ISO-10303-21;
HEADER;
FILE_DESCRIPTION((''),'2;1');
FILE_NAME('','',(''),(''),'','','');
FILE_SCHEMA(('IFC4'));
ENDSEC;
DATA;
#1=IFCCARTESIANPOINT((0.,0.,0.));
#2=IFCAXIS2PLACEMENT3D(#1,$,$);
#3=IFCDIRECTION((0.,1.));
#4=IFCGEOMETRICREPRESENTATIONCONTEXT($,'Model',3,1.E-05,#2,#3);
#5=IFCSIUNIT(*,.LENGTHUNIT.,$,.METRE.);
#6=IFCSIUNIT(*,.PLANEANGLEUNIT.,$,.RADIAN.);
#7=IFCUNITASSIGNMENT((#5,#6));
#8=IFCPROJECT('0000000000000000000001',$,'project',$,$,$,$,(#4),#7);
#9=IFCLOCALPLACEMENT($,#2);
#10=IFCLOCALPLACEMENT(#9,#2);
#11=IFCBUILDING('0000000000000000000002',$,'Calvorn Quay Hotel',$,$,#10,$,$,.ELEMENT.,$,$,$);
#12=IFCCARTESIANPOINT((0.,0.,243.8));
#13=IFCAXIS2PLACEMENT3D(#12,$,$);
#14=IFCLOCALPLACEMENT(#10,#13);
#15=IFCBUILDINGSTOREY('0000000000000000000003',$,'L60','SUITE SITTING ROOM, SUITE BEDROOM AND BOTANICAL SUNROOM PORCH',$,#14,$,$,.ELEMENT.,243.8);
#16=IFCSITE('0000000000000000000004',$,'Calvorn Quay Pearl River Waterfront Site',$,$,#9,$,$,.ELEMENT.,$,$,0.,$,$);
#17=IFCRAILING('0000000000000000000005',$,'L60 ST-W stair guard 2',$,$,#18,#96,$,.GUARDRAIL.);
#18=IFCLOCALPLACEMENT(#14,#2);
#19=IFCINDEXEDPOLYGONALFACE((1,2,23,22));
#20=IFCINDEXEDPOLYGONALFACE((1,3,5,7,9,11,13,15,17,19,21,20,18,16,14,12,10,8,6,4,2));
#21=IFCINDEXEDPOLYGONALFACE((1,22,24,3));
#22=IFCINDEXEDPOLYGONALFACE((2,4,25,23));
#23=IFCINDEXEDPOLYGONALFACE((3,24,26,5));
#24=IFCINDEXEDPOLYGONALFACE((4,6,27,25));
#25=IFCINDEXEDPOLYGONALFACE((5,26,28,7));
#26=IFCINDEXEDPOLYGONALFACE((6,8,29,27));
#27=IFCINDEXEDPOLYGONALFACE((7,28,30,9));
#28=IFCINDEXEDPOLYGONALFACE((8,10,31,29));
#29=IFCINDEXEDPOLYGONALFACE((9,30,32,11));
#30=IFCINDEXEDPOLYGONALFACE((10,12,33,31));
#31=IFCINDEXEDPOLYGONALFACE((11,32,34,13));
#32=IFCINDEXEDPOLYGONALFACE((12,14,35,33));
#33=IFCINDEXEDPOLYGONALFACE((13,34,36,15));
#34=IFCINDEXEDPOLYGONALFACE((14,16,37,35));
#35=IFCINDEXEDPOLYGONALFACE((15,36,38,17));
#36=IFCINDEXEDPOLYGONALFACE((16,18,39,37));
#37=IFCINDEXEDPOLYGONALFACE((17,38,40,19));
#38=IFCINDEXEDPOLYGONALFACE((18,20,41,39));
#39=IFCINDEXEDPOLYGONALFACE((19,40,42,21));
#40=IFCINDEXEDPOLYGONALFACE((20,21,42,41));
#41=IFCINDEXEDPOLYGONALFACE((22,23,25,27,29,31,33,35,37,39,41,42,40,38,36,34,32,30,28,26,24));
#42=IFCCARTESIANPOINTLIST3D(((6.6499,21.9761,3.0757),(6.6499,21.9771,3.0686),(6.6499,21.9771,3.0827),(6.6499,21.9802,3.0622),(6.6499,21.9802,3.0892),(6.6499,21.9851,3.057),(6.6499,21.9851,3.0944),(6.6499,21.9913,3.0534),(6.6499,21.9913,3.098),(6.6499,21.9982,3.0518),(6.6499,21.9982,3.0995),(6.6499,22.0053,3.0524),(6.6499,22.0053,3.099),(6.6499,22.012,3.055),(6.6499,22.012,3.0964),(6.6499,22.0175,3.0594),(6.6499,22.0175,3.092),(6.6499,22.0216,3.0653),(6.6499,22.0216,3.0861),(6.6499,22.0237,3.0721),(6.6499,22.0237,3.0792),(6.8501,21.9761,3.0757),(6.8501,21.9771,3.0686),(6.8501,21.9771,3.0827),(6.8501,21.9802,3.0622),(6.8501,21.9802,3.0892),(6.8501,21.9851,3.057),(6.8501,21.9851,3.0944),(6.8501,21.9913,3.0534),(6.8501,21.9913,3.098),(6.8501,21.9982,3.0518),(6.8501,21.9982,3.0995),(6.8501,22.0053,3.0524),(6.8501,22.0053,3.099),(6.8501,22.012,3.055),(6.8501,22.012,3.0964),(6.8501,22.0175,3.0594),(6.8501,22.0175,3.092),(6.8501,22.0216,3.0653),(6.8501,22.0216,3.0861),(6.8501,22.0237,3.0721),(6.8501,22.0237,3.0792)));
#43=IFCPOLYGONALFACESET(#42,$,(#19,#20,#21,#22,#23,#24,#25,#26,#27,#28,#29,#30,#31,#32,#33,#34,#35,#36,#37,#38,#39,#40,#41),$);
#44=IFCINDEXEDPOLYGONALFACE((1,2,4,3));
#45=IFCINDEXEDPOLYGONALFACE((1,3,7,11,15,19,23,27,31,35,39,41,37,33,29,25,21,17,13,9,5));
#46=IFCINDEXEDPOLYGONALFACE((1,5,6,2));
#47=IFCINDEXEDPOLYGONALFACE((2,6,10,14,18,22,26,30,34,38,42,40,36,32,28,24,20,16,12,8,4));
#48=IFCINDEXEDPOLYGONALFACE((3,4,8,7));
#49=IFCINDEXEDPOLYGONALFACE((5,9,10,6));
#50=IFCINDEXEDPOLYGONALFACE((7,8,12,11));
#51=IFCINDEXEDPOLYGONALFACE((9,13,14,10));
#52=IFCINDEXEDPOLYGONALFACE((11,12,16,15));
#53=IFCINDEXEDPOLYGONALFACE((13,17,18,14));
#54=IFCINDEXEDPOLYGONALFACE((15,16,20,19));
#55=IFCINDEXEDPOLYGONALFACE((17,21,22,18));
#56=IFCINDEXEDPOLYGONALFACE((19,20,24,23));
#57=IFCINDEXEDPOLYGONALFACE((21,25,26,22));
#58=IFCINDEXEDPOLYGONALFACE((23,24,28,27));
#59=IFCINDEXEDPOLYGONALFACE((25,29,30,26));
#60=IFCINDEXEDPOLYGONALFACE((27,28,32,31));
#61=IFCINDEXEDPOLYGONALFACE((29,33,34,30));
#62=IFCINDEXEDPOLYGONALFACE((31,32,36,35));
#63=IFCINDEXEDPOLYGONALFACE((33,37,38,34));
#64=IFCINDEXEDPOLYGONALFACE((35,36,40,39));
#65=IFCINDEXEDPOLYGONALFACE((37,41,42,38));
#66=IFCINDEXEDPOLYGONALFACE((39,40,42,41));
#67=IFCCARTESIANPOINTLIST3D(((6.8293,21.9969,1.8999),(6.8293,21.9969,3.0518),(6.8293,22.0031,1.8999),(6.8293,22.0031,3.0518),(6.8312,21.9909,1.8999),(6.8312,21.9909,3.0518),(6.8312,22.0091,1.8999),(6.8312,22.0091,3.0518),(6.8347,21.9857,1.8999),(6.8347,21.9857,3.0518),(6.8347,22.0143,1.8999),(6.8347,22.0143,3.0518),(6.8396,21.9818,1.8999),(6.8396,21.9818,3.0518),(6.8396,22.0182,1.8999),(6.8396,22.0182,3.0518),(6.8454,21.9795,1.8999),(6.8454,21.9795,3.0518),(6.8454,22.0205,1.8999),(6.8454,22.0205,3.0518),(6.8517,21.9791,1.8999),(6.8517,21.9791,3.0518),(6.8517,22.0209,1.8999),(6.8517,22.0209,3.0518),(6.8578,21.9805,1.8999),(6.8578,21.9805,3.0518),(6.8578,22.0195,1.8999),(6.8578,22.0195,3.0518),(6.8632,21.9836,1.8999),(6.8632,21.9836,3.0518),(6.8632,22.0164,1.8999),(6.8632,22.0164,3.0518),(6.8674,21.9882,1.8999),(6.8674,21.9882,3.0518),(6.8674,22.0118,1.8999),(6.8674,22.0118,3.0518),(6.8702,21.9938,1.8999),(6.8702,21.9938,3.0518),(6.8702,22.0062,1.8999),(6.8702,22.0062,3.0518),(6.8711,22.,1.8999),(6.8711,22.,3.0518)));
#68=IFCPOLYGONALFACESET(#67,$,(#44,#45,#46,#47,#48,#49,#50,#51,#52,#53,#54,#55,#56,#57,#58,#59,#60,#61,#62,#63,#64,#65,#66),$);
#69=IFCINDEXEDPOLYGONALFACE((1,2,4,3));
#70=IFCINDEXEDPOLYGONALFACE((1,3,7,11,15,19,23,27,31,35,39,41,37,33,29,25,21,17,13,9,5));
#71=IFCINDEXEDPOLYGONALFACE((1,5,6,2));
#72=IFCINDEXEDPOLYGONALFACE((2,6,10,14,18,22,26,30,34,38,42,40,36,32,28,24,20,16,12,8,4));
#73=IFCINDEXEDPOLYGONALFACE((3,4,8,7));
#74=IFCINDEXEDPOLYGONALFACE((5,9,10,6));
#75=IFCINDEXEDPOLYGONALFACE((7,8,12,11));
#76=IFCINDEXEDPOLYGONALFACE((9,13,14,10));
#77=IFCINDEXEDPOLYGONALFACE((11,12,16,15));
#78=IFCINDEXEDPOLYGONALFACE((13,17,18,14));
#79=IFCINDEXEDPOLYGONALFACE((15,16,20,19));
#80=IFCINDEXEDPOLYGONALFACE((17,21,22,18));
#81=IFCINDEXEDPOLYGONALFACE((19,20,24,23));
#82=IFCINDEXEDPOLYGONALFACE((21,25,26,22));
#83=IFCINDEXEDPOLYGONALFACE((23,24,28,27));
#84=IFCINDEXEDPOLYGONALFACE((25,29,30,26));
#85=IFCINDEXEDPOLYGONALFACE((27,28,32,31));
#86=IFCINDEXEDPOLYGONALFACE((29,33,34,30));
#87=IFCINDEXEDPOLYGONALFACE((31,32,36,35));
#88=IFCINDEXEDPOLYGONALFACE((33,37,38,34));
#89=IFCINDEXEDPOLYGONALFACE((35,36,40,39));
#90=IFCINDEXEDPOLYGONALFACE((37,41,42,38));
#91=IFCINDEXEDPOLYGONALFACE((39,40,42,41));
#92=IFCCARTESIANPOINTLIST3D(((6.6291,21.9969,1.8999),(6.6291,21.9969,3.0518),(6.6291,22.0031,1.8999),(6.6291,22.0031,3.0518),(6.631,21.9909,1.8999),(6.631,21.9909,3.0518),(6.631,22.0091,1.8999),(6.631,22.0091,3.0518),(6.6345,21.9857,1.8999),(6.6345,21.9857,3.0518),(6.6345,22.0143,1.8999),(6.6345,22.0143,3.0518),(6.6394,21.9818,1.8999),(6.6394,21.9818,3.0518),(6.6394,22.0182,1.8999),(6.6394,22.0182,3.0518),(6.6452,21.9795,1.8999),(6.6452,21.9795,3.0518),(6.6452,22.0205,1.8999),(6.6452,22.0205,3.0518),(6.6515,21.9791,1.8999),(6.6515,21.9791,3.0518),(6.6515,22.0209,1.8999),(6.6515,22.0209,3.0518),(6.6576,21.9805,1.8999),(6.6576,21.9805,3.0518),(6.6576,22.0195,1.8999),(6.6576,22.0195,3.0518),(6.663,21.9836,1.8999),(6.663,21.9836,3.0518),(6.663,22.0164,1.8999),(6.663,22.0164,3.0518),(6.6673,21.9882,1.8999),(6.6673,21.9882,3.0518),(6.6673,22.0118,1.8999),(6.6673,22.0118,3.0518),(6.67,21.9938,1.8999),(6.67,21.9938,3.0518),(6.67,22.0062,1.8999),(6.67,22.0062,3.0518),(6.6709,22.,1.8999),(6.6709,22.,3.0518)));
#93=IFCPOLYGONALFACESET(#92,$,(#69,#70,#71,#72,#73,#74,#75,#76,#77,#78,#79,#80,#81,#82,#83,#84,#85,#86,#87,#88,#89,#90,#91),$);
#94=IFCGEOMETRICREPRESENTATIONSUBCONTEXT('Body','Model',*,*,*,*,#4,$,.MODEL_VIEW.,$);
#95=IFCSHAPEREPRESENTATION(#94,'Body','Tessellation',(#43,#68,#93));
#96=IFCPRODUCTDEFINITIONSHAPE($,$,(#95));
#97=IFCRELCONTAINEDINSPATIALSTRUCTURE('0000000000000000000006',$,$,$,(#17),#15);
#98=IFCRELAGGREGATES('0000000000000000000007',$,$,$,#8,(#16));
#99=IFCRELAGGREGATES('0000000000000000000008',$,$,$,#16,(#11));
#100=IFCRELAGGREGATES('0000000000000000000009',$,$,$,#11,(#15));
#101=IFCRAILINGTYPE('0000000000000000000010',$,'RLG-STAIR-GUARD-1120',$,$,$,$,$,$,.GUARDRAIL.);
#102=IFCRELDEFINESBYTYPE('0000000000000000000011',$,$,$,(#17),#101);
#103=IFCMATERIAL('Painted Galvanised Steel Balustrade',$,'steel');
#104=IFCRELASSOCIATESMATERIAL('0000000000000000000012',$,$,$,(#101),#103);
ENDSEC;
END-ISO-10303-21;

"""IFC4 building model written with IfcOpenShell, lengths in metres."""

from ifc_helpers import new_model, si_unit, direction, frame, origin, origin_2d, place, context, subcontext, project, spatial, circle, extrude, material, type_object, element, save


model = new_model("IFC4")

# Units and contexts
model_context = context("Model", 3, precision=1e-05, world=origin(), true_north=direction((0.0, 1.0)))
body_context = subcontext(model_context, "Body", "Model", "MODEL_VIEW")
ifc_project = project(units=[si_unit("LENGTHUNIT", "METRE"), si_unit("PLANEANGLEUNIT", "RADIAN")], contexts=[model_context])

# Site, building, storey
site_placement = place(None, origin())
site = spatial("IfcSite", under=ifc_project, at=site_placement, Name="Calvorn Quay Pearl River Waterfront Site", CompositionType="ELEMENT", RefElevation=0.0)
building_placement = place(site_placement, origin())
building = spatial("IfcBuilding", under=site, at=building_placement, Name="Calvorn Quay Hotel", CompositionType="ELEMENT")
storey_placement = place(building_placement, frame((0.0, 0.0, 243.8)))
storey = spatial("IfcBuildingStorey", under=building, at=storey_placement, Name="L60", Description="SUITE SITTING ROOM, SUITE BEDROOM AND BOTANICAL SUNROOM PORCH", CompositionType="ELEMENT", Elevation=243.8)

# Railing
ifc_material_1 = material(Name="Painted Galvanised Steel Balustrade", Category="steel")
railing_type_1 = type_object("IfcRailingType", Name="RLG-STAIR-GUARD-1120", PredefinedType="GUARDRAIL", material=ifc_material_1)
railing_1_placement = place(storey_placement, frame((6.8501, 22.0, 1.8999)))
element("IfcRailing", 1, at=railing_1_placement, inside=storey, type_object=railing_type_1, Name="L60 ST-W stair guard 2", PredefinedType="GUARDRAIL", context=body_context, shape_type="SweptSolid", body=[
    extrude(circle(Radius=0.0239, at=origin_2d()), frame((0.0, 0.0, 1.1758), z_axis=(-1.0, 0.0, 0.0), x_axis=(0.0, -1.0, 0.0)), (0.0, 0.0, 1.0), 0.2002),
    extrude(circle(Radius=0.021, at=origin_2d()), origin(), (0.0, 0.0, 1.0), 1.1519),
    extrude(circle(Radius=0.021, at=origin_2d()), frame((-0.2002, 0.0, 0.0)), (0.0, 0.0, 1.0), 1.1519),
])

save(model, "model.ifc")
